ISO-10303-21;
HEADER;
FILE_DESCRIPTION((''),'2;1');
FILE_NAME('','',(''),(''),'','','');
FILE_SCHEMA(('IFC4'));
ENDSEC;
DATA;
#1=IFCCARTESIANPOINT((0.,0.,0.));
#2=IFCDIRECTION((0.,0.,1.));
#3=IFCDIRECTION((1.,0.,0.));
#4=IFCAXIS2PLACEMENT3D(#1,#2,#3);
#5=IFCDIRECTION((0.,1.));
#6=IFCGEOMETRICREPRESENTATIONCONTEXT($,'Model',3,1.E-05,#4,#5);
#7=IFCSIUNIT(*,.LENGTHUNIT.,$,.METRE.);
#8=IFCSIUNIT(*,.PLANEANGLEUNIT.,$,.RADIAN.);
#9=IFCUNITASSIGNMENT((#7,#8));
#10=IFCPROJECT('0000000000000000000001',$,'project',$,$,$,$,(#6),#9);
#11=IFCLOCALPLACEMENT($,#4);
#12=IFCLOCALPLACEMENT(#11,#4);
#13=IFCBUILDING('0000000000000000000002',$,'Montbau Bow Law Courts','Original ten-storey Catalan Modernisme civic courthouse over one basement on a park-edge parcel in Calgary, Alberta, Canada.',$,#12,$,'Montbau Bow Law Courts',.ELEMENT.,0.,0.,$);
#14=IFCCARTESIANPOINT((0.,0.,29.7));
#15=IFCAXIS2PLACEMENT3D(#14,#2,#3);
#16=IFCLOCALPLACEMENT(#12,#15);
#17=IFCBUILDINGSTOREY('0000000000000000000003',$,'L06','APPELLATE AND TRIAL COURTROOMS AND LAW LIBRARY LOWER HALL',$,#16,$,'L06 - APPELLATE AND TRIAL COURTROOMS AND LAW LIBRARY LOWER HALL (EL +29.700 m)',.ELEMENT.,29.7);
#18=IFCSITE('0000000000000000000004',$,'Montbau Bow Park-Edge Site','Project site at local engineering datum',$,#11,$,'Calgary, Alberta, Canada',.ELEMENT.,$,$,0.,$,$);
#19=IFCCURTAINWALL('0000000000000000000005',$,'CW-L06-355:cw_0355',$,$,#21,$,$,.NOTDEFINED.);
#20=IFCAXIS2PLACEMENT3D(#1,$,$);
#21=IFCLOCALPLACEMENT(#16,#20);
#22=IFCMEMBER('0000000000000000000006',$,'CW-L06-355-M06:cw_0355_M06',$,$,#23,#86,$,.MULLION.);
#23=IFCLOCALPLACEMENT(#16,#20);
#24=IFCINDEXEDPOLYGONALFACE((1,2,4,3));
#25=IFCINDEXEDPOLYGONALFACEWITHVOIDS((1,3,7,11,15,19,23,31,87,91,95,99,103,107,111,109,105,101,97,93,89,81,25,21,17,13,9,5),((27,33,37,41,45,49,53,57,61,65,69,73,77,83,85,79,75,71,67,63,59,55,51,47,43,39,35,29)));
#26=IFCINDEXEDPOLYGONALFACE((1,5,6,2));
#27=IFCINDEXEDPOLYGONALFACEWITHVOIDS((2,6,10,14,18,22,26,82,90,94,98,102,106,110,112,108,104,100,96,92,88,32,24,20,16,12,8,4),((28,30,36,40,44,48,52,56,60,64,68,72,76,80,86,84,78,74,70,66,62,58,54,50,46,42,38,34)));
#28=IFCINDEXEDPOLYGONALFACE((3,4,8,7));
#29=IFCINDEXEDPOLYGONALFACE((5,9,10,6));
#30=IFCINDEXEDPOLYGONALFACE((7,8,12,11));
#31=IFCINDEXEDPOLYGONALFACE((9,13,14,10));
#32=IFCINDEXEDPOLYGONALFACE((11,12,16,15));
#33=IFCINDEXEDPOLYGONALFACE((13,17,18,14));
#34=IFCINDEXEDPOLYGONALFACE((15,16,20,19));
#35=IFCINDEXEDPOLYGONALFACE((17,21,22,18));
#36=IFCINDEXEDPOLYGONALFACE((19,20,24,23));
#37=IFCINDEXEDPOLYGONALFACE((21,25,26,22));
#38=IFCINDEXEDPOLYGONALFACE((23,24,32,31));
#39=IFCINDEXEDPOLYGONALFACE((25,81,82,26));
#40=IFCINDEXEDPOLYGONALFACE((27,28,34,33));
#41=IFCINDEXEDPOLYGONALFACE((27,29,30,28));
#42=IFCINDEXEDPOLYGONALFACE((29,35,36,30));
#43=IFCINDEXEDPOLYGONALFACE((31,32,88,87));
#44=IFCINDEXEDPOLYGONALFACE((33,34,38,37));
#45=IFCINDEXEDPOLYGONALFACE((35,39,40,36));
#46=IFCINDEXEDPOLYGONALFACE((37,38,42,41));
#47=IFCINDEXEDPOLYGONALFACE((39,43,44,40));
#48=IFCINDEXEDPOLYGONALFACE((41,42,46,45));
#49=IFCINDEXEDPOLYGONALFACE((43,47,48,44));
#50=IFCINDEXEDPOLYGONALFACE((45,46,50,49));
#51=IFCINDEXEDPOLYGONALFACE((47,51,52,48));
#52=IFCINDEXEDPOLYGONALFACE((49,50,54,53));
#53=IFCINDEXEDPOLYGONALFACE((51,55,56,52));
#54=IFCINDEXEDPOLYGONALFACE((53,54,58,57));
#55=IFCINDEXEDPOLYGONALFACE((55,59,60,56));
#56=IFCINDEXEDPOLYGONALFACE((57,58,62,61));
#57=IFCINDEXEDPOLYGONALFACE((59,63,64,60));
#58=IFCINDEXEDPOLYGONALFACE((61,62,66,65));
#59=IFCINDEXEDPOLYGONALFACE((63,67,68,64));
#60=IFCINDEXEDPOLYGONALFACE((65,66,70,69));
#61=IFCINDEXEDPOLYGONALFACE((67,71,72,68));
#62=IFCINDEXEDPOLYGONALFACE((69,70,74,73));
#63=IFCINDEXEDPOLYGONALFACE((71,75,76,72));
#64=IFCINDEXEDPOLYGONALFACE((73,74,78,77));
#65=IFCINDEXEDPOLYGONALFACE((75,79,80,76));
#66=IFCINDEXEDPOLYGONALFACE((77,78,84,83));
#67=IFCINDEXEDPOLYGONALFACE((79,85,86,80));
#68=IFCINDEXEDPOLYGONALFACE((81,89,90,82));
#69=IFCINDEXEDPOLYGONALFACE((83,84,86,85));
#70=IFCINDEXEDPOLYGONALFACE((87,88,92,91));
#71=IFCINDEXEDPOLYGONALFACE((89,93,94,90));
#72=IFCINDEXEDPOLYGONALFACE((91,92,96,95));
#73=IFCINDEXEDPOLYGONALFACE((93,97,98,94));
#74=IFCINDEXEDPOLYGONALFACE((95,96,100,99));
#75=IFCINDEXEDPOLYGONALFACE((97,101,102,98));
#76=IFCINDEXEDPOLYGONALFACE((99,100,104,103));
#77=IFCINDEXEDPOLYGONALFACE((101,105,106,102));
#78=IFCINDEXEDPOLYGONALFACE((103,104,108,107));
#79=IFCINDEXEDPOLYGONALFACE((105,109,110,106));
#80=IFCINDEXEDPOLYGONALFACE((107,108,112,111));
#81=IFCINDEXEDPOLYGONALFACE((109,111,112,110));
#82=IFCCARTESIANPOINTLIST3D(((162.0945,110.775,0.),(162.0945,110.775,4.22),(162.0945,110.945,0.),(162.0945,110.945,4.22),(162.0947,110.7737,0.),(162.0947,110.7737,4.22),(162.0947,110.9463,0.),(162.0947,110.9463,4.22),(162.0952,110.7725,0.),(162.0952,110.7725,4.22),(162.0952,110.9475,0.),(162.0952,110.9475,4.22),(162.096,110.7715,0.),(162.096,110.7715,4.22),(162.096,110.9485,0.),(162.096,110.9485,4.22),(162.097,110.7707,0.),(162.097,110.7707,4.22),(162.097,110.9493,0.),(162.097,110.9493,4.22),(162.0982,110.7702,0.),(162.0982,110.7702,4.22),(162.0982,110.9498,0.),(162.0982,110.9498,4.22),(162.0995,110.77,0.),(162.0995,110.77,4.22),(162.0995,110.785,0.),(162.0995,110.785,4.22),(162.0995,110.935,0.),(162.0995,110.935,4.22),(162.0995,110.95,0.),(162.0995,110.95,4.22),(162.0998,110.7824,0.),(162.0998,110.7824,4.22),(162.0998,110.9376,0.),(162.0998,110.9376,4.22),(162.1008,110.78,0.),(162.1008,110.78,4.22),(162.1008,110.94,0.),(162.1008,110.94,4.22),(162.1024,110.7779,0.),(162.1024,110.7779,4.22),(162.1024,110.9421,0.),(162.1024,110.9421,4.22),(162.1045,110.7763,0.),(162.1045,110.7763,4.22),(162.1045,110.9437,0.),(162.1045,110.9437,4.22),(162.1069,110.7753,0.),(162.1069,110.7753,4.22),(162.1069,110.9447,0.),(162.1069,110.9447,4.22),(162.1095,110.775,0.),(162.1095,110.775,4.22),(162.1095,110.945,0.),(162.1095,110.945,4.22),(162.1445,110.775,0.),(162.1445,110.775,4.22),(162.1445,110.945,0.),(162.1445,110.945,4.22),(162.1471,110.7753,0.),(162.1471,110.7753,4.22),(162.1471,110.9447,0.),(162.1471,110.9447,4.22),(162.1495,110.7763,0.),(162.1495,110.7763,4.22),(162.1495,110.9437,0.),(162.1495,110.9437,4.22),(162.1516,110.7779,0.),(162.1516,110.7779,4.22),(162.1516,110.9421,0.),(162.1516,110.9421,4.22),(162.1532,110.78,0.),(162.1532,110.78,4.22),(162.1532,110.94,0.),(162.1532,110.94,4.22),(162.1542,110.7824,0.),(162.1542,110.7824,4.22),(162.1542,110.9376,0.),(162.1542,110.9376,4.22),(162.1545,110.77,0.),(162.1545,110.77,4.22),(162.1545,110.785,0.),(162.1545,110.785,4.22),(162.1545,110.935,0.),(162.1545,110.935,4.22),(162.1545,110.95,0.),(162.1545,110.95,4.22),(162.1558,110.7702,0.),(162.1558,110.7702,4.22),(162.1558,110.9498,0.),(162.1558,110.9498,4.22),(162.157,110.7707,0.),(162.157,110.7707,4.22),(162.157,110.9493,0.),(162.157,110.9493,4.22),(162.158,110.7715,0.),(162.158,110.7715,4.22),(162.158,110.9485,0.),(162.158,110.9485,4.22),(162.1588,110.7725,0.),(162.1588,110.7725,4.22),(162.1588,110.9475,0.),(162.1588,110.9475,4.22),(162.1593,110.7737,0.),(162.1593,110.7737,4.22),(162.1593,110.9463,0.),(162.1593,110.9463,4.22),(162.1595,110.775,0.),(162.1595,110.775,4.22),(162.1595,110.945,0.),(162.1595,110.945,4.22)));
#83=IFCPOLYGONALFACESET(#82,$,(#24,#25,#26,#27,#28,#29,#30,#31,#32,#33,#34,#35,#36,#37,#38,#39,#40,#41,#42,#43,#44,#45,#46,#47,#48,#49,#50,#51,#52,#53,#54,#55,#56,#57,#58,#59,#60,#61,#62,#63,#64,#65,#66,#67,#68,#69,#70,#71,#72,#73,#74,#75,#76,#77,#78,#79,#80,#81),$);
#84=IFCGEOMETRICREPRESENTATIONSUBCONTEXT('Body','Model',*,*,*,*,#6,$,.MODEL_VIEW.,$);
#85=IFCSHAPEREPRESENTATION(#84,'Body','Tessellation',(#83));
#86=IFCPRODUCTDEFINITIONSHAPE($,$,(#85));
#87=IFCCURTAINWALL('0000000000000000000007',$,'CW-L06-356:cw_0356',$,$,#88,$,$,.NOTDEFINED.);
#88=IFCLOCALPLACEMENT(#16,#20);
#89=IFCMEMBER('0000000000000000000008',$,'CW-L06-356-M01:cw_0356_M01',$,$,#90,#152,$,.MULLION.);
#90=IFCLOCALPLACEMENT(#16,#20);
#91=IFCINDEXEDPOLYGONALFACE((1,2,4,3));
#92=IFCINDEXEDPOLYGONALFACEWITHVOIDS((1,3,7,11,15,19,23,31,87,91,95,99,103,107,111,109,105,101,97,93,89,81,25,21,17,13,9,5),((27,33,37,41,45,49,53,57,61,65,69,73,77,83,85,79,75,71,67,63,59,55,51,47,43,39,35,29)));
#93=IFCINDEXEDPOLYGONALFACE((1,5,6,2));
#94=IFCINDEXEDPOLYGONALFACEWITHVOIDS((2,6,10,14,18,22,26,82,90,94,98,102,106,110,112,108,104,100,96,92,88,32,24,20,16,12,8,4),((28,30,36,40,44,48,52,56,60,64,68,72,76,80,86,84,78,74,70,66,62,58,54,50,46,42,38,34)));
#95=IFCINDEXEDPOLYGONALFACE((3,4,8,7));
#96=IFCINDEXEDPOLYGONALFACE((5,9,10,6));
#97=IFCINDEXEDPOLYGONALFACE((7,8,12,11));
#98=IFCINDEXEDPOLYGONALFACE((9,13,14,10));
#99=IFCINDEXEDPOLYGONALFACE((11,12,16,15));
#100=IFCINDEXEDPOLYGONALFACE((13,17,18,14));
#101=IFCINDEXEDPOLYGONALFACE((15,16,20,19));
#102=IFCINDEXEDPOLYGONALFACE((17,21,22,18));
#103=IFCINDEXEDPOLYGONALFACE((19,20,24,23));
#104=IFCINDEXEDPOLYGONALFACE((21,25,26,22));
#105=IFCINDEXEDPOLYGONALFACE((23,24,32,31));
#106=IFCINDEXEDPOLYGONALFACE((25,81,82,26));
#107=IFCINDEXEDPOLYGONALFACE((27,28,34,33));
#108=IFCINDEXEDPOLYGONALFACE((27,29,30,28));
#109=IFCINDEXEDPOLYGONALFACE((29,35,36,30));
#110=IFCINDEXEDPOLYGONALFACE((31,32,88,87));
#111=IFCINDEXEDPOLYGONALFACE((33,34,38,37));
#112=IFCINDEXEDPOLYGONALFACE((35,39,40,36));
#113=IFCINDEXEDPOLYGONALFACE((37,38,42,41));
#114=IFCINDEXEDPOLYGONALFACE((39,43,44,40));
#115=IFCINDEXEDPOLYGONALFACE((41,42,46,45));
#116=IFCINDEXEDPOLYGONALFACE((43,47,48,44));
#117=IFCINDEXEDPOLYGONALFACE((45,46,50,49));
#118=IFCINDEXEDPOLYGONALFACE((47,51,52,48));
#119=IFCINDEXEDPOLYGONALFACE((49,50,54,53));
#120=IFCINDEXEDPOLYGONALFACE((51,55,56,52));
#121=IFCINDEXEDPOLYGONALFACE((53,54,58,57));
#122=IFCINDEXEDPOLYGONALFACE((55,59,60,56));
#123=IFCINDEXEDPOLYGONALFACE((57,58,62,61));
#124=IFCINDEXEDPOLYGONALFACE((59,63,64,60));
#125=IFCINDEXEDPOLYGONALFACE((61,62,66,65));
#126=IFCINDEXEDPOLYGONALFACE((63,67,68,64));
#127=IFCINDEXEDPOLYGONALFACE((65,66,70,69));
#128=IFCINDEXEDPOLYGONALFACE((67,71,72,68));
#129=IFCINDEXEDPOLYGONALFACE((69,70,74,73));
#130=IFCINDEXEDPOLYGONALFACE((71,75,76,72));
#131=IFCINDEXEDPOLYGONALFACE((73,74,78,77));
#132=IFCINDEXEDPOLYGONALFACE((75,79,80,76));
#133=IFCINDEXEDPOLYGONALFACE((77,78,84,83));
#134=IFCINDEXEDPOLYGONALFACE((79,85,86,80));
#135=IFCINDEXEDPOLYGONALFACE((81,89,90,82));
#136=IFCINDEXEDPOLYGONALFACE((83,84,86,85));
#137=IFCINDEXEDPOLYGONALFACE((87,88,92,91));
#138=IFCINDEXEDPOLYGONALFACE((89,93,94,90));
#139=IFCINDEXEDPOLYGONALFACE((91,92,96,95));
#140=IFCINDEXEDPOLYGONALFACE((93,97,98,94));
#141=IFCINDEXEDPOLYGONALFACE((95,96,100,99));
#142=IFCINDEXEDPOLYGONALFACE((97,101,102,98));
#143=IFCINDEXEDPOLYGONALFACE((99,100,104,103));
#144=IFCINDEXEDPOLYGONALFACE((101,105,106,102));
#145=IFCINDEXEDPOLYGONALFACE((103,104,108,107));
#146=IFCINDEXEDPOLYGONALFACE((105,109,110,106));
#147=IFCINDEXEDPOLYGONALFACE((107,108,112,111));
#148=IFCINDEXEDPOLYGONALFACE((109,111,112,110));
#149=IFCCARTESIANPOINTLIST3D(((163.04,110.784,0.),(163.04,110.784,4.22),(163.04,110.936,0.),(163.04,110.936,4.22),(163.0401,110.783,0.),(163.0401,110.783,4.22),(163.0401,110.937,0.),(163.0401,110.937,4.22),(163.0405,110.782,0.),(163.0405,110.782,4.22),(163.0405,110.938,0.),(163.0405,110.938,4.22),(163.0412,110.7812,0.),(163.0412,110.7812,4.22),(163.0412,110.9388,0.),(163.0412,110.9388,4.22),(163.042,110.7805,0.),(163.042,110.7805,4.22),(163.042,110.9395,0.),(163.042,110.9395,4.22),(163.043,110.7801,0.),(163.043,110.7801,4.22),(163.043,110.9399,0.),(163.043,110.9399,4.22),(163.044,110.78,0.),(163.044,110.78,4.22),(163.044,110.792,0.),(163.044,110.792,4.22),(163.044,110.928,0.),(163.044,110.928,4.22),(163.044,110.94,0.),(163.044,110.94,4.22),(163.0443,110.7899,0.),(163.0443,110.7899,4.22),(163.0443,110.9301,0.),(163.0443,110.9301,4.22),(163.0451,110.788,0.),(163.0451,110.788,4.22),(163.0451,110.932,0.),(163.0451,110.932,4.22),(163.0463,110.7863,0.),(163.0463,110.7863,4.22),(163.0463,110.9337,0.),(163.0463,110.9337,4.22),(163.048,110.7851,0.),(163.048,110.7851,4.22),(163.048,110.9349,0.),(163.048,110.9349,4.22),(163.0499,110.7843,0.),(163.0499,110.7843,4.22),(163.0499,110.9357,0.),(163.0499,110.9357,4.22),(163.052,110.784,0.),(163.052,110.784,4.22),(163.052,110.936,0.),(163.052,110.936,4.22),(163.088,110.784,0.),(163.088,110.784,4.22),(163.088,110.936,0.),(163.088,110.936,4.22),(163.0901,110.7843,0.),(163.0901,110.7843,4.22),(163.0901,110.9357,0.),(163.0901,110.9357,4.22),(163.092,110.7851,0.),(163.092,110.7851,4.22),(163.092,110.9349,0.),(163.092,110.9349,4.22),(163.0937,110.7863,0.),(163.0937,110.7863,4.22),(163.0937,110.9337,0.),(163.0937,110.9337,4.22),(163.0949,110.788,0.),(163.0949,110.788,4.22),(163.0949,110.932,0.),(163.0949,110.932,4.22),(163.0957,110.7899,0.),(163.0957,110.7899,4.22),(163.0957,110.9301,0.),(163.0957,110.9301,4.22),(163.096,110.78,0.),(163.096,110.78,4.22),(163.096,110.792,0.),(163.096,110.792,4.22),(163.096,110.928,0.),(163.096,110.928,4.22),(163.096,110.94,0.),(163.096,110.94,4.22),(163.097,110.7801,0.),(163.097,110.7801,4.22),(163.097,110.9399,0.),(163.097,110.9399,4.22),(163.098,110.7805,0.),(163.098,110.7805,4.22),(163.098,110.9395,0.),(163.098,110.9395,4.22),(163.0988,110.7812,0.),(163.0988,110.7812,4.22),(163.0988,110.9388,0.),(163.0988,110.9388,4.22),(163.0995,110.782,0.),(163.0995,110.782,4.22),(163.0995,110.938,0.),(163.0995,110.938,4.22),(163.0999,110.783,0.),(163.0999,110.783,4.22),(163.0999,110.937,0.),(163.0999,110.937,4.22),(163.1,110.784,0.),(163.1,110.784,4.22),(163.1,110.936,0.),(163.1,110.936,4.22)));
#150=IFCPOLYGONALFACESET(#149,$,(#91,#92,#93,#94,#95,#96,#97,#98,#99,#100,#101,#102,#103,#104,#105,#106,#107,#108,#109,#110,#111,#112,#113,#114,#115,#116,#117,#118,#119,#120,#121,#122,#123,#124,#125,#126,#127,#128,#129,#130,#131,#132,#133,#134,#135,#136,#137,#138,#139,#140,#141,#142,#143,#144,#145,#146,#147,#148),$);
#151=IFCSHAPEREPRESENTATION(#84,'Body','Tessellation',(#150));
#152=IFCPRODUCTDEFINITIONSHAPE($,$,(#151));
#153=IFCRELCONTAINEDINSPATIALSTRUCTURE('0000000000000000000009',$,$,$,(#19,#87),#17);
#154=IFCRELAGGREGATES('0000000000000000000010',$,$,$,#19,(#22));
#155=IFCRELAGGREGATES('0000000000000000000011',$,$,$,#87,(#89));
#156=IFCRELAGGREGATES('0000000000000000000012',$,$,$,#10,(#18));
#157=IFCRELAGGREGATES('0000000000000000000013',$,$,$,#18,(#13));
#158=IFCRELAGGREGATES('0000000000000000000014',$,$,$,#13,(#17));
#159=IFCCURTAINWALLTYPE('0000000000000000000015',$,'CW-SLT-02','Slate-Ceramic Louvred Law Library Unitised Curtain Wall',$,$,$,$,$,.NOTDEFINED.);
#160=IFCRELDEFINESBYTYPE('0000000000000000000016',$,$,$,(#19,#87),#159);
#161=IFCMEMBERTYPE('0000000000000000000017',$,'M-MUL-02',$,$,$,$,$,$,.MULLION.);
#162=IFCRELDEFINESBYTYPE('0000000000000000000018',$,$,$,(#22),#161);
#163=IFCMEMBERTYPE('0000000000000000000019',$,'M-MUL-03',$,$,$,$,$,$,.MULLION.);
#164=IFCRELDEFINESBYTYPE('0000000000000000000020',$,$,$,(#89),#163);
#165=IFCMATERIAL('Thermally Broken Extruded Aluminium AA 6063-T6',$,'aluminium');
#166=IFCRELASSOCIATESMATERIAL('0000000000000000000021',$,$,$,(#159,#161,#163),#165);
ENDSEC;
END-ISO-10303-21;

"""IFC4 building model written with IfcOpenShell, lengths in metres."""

from ifc_helpers import new_model, si_unit, direction, frame, origin_with_axes, origin_2d_with_axis, place, context, subcontext, project, spatial, hollow_rectangle, extrude, material, material_profile, profile_set, type_object, element, aggregate, save


model = new_model("IFC4")

# Units and contexts
model_context = context("Model", 3, precision=1e-05, world=origin_with_axes(), true_north=direction((0.0, 1.0)))
body_context = subcontext(model_context, "Body", "Model", "MODEL_VIEW")
ifc_project = project(units=[si_unit("LENGTHUNIT", "METRE"), si_unit("PLANEANGLEUNIT", "RADIAN")], contexts=[model_context])

# Site, building, storey
site_placement = place(None, origin_with_axes())
site = spatial("IfcSite", under=ifc_project, at=site_placement, Name="Montbau Bow Park-Edge Site", Description="Project site at local engineering datum", LongName="Calgary, Alberta, Canada", CompositionType="ELEMENT", RefElevation=0.0)
building_placement = place(site_placement, origin_with_axes())
building = spatial("IfcBuilding", under=site, at=building_placement, Name="Montbau Bow Law Courts", Description="Original ten-storey Catalan Modernisme civic courthouse over one basement on a park-edge parcel in Calgary, Alberta, Canada.", LongName="Montbau Bow Law Courts", CompositionType="ELEMENT", ElevationOfRefHeight=0.0, ElevationOfTerrain=0.0)
storey_placement = place(building_placement, frame((0.0, 0.0, 29.7), z_axis=(0.0, 0.0, 1.0), x_axis=(1.0, 0.0, 0.0)))
storey = spatial("IfcBuildingStorey", under=building, at=storey_placement, Name="L06", Description="APPELLATE AND TRIAL COURTROOMS AND LAW LIBRARY LOWER HALL", LongName="L06 - APPELLATE AND TRIAL COURTROOMS AND LAW LIBRARY LOWER HALL (EL +29.700 m)", CompositionType="ELEMENT", Elevation=29.7)

# Curtain wall, member
ifc_material_1 = material(Name="Thermally Broken Extruded Aluminium AA 6063-T6", Category="aluminium")
curtain_wall_type = type_object("IfcCurtainWallType", Name="CW-SLT-02", Description="Slate-Ceramic Louvred Law Library Unitised Curtain Wall", PredefinedType="NOTDEFINED", material=ifc_material_1)
curtain_wall_1_placement = place(None, frame((155.24, 110.86, 29.7), z_axis=(0.0, 0.0, 1.0), x_axis=(1.0, 0.0, 0.0)))
curtain_wall_1 = element("IfcCurtainWall", 1, at=curtain_wall_1_placement, inside=storey, type_object=curtain_wall_type, Name="CW-L06-355:cw_0355", PredefinedType="NOTDEFINED")
ifc_material_profile_1 = material_profile(ifc_material_1, hollow_rectangle(XDim=0.065, YDim=0.18, WallThickness=0.005, InnerFilletRadius=0.01, OuterFilletRadius=0.005, at=origin_2d_with_axis()), Name="CWM-180X65", Category="Main", Priority=0)
ifc_profile_set_1 = profile_set([ifc_material_profile_1], Name="Thermally Broken Extruded Aluminium AA 6063-T6")
member_type_1 = type_object("IfcMemberType", Name="M-MUL-02", PredefinedType="MULLION", material=ifc_profile_set_1)
member_1_placement = place(None, frame((162.127, 110.86, 29.7), z_axis=(0.0, 0.0, 1.0), x_axis=(1.0, 0.0, 0.0)))
member_1 = element("IfcMember", 2, at=member_1_placement, type_object=member_type_1, Name="CW-L06-355-M06:cw_0355_M06", PredefinedType="MULLION", context=body_context, shape_type="SweptSolid", body=[
    extrude(hollow_rectangle(XDim=0.065, YDim=0.18, WallThickness=0.005, InnerFilletRadius=0.01, OuterFilletRadius=0.005, at=origin_2d_with_axis()), origin_with_axes(), (0.0, 0.0, 1.0), 4.22),
])

# Curtain wall, member
curtain_wall_2_placement = place(None, frame((163.04, 110.86, 29.7), z_axis=(0.0, 0.0, 1.0), x_axis=(1.0, 0.0, 0.0)))
curtain_wall_2 = element("IfcCurtainWall", 3, at=curtain_wall_2_placement, inside=storey, type_object=curtain_wall_type, Name="CW-L06-356:cw_0356", PredefinedType="NOTDEFINED")
ifc_material_profile_2 = material_profile(ifc_material_1, hollow_rectangle(XDim=0.06, YDim=0.16, WallThickness=0.004, InnerFilletRadius=0.008, OuterFilletRadius=0.004, at=origin_2d_with_axis()), Name="CWM-160X60", Category="Main", Priority=0)
ifc_profile_set_2 = profile_set([ifc_material_profile_2], Name="Thermally Broken Extruded Aluminium AA 6063-T6")
member_type_2 = type_object("IfcMemberType", Name="M-MUL-03", PredefinedType="MULLION", material=ifc_profile_set_2)
member_2_placement = place(None, frame((163.07, 110.86, 29.7), z_axis=(0.0, 0.0, 1.0), x_axis=(1.0, 0.0, 0.0)))
member_2 = element("IfcMember", 4, at=member_2_placement, type_object=member_type_2, Name="CW-L06-356-M01:cw_0356_M01", PredefinedType="MULLION", context=body_context, shape_type="SweptSolid", body=[
    extrude(hollow_rectangle(XDim=0.06, YDim=0.16, WallThickness=0.004, InnerFilletRadius=0.008, OuterFilletRadius=0.004, at=origin_2d_with_axis()), origin_with_axes(), (0.0, 0.0, 1.0), 4.22),
])

aggregate(curtain_wall_1, [member_1])
aggregate(curtain_wall_2, [member_2])

save(model, "model.ifc")
